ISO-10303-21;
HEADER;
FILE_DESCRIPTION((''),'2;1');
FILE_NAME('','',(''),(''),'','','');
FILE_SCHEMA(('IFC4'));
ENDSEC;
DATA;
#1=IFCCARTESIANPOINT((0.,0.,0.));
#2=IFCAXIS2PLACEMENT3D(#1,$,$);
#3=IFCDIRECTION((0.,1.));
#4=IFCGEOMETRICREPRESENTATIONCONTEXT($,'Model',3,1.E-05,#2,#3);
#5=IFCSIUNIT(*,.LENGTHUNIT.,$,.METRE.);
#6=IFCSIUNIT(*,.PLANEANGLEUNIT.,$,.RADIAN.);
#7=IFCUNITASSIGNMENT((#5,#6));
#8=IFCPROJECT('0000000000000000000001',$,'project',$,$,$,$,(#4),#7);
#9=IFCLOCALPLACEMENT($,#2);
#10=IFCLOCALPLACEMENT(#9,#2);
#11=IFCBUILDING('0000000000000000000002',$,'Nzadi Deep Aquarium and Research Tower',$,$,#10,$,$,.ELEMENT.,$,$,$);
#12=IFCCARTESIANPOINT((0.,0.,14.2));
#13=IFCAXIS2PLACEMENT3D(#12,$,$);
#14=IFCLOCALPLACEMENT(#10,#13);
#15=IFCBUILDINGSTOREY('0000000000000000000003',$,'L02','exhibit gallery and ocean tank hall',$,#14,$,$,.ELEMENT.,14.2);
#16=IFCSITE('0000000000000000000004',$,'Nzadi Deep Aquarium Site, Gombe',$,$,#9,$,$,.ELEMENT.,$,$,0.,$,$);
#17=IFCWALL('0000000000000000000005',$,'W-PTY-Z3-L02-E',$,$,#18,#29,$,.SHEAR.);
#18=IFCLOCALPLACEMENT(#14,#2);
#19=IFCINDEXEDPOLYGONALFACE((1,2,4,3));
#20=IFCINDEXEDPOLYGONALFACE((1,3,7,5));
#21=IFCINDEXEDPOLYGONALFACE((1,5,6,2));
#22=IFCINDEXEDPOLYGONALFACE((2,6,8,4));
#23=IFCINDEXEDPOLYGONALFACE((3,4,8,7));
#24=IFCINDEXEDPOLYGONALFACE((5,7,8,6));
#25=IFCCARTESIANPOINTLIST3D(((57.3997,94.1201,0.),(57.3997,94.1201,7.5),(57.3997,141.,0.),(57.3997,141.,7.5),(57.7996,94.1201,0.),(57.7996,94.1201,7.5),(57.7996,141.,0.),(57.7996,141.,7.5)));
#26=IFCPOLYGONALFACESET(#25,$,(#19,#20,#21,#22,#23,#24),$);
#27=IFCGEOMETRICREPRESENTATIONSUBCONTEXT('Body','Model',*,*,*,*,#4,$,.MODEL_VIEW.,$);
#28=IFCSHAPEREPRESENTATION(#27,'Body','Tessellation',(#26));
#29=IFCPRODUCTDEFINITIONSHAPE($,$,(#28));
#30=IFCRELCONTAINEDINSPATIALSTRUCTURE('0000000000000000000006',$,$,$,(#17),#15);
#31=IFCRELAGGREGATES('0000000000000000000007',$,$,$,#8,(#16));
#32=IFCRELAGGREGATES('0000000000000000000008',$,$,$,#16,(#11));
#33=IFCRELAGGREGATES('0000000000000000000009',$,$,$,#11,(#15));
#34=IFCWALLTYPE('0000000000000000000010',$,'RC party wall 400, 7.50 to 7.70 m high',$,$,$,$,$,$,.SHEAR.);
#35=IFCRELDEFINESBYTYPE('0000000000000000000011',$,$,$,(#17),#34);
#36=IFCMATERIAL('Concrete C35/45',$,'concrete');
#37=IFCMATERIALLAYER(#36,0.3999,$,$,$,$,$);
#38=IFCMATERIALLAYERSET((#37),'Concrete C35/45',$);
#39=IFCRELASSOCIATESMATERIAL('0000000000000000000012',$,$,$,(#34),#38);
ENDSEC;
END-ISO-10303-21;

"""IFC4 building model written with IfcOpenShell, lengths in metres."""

from ifc_helpers import new_model, si_unit, direction, frame, frame_2d, origin, place, context, subcontext, project, spatial, rectangle, extrude, material, layer, layer_set, type_object, element, save


model = new_model("IFC4")

# Units and contexts
model_context = context("Model", 3, precision=1e-05, world=origin(), true_north=direction((0.0, 1.0)))
body_context = subcontext(model_context, "Body", "Model", "MODEL_VIEW")
ifc_project = project(units=[si_unit("LENGTHUNIT", "METRE"), si_unit("PLANEANGLEUNIT", "RADIAN")], contexts=[model_context])

# Site, building, storey
site_placement = place(None, origin())
site = spatial("IfcSite", under=ifc_project, at=site_placement, Name="Nzadi Deep Aquarium Site, Gombe", CompositionType="ELEMENT", RefElevation=0.0)
building_placement = place(site_placement, origin())
building = spatial("IfcBuilding", under=site, at=building_placement, Name="Nzadi Deep Aquarium and Research Tower", CompositionType="ELEMENT")
storey_placement = place(building_placement, frame((0.0, 0.0, 14.2)))
storey = spatial("IfcBuildingStorey", under=building, at=storey_placement, Name="L02", Description="exhibit gallery and ocean tank hall", CompositionType="ELEMENT", Elevation=14.2)

# Wall
ifc_material_1 = material(Name="Concrete C35/45", Category="concrete")
ifc_layer_1 = layer(ifc_material_1, 0.3999)
ifc_layer_set_1 = layer_set([ifc_layer_1], Name="Concrete C35/45")
wall_type_1 = type_object("IfcWallType", Name="RC party wall 400, 7.50 to 7.70 m high", PredefinedType="SHEAR", material=ifc_layer_set_1)
wall_1_placement = place(storey_placement, frame((57.5996, 94.1201, 0.0), z_axis=(0.0, 0.0, 1.0), x_axis=(0.0, 1.0, 0.0)))
element("IfcWall", 1, at=wall_1_placement, inside=storey, type_object=wall_type_1, Name="W-PTY-Z3-L02-E", PredefinedType="SHEAR", context=body_context, shape_type="SweptSolid", body=[
    extrude(rectangle(XDim=46.8799, YDim=0.3999, at=frame_2d((23.4399, 0.0))), origin(), (0.0, 0.0, 1.0), 7.5),
])

save(model, "model.ifc")
